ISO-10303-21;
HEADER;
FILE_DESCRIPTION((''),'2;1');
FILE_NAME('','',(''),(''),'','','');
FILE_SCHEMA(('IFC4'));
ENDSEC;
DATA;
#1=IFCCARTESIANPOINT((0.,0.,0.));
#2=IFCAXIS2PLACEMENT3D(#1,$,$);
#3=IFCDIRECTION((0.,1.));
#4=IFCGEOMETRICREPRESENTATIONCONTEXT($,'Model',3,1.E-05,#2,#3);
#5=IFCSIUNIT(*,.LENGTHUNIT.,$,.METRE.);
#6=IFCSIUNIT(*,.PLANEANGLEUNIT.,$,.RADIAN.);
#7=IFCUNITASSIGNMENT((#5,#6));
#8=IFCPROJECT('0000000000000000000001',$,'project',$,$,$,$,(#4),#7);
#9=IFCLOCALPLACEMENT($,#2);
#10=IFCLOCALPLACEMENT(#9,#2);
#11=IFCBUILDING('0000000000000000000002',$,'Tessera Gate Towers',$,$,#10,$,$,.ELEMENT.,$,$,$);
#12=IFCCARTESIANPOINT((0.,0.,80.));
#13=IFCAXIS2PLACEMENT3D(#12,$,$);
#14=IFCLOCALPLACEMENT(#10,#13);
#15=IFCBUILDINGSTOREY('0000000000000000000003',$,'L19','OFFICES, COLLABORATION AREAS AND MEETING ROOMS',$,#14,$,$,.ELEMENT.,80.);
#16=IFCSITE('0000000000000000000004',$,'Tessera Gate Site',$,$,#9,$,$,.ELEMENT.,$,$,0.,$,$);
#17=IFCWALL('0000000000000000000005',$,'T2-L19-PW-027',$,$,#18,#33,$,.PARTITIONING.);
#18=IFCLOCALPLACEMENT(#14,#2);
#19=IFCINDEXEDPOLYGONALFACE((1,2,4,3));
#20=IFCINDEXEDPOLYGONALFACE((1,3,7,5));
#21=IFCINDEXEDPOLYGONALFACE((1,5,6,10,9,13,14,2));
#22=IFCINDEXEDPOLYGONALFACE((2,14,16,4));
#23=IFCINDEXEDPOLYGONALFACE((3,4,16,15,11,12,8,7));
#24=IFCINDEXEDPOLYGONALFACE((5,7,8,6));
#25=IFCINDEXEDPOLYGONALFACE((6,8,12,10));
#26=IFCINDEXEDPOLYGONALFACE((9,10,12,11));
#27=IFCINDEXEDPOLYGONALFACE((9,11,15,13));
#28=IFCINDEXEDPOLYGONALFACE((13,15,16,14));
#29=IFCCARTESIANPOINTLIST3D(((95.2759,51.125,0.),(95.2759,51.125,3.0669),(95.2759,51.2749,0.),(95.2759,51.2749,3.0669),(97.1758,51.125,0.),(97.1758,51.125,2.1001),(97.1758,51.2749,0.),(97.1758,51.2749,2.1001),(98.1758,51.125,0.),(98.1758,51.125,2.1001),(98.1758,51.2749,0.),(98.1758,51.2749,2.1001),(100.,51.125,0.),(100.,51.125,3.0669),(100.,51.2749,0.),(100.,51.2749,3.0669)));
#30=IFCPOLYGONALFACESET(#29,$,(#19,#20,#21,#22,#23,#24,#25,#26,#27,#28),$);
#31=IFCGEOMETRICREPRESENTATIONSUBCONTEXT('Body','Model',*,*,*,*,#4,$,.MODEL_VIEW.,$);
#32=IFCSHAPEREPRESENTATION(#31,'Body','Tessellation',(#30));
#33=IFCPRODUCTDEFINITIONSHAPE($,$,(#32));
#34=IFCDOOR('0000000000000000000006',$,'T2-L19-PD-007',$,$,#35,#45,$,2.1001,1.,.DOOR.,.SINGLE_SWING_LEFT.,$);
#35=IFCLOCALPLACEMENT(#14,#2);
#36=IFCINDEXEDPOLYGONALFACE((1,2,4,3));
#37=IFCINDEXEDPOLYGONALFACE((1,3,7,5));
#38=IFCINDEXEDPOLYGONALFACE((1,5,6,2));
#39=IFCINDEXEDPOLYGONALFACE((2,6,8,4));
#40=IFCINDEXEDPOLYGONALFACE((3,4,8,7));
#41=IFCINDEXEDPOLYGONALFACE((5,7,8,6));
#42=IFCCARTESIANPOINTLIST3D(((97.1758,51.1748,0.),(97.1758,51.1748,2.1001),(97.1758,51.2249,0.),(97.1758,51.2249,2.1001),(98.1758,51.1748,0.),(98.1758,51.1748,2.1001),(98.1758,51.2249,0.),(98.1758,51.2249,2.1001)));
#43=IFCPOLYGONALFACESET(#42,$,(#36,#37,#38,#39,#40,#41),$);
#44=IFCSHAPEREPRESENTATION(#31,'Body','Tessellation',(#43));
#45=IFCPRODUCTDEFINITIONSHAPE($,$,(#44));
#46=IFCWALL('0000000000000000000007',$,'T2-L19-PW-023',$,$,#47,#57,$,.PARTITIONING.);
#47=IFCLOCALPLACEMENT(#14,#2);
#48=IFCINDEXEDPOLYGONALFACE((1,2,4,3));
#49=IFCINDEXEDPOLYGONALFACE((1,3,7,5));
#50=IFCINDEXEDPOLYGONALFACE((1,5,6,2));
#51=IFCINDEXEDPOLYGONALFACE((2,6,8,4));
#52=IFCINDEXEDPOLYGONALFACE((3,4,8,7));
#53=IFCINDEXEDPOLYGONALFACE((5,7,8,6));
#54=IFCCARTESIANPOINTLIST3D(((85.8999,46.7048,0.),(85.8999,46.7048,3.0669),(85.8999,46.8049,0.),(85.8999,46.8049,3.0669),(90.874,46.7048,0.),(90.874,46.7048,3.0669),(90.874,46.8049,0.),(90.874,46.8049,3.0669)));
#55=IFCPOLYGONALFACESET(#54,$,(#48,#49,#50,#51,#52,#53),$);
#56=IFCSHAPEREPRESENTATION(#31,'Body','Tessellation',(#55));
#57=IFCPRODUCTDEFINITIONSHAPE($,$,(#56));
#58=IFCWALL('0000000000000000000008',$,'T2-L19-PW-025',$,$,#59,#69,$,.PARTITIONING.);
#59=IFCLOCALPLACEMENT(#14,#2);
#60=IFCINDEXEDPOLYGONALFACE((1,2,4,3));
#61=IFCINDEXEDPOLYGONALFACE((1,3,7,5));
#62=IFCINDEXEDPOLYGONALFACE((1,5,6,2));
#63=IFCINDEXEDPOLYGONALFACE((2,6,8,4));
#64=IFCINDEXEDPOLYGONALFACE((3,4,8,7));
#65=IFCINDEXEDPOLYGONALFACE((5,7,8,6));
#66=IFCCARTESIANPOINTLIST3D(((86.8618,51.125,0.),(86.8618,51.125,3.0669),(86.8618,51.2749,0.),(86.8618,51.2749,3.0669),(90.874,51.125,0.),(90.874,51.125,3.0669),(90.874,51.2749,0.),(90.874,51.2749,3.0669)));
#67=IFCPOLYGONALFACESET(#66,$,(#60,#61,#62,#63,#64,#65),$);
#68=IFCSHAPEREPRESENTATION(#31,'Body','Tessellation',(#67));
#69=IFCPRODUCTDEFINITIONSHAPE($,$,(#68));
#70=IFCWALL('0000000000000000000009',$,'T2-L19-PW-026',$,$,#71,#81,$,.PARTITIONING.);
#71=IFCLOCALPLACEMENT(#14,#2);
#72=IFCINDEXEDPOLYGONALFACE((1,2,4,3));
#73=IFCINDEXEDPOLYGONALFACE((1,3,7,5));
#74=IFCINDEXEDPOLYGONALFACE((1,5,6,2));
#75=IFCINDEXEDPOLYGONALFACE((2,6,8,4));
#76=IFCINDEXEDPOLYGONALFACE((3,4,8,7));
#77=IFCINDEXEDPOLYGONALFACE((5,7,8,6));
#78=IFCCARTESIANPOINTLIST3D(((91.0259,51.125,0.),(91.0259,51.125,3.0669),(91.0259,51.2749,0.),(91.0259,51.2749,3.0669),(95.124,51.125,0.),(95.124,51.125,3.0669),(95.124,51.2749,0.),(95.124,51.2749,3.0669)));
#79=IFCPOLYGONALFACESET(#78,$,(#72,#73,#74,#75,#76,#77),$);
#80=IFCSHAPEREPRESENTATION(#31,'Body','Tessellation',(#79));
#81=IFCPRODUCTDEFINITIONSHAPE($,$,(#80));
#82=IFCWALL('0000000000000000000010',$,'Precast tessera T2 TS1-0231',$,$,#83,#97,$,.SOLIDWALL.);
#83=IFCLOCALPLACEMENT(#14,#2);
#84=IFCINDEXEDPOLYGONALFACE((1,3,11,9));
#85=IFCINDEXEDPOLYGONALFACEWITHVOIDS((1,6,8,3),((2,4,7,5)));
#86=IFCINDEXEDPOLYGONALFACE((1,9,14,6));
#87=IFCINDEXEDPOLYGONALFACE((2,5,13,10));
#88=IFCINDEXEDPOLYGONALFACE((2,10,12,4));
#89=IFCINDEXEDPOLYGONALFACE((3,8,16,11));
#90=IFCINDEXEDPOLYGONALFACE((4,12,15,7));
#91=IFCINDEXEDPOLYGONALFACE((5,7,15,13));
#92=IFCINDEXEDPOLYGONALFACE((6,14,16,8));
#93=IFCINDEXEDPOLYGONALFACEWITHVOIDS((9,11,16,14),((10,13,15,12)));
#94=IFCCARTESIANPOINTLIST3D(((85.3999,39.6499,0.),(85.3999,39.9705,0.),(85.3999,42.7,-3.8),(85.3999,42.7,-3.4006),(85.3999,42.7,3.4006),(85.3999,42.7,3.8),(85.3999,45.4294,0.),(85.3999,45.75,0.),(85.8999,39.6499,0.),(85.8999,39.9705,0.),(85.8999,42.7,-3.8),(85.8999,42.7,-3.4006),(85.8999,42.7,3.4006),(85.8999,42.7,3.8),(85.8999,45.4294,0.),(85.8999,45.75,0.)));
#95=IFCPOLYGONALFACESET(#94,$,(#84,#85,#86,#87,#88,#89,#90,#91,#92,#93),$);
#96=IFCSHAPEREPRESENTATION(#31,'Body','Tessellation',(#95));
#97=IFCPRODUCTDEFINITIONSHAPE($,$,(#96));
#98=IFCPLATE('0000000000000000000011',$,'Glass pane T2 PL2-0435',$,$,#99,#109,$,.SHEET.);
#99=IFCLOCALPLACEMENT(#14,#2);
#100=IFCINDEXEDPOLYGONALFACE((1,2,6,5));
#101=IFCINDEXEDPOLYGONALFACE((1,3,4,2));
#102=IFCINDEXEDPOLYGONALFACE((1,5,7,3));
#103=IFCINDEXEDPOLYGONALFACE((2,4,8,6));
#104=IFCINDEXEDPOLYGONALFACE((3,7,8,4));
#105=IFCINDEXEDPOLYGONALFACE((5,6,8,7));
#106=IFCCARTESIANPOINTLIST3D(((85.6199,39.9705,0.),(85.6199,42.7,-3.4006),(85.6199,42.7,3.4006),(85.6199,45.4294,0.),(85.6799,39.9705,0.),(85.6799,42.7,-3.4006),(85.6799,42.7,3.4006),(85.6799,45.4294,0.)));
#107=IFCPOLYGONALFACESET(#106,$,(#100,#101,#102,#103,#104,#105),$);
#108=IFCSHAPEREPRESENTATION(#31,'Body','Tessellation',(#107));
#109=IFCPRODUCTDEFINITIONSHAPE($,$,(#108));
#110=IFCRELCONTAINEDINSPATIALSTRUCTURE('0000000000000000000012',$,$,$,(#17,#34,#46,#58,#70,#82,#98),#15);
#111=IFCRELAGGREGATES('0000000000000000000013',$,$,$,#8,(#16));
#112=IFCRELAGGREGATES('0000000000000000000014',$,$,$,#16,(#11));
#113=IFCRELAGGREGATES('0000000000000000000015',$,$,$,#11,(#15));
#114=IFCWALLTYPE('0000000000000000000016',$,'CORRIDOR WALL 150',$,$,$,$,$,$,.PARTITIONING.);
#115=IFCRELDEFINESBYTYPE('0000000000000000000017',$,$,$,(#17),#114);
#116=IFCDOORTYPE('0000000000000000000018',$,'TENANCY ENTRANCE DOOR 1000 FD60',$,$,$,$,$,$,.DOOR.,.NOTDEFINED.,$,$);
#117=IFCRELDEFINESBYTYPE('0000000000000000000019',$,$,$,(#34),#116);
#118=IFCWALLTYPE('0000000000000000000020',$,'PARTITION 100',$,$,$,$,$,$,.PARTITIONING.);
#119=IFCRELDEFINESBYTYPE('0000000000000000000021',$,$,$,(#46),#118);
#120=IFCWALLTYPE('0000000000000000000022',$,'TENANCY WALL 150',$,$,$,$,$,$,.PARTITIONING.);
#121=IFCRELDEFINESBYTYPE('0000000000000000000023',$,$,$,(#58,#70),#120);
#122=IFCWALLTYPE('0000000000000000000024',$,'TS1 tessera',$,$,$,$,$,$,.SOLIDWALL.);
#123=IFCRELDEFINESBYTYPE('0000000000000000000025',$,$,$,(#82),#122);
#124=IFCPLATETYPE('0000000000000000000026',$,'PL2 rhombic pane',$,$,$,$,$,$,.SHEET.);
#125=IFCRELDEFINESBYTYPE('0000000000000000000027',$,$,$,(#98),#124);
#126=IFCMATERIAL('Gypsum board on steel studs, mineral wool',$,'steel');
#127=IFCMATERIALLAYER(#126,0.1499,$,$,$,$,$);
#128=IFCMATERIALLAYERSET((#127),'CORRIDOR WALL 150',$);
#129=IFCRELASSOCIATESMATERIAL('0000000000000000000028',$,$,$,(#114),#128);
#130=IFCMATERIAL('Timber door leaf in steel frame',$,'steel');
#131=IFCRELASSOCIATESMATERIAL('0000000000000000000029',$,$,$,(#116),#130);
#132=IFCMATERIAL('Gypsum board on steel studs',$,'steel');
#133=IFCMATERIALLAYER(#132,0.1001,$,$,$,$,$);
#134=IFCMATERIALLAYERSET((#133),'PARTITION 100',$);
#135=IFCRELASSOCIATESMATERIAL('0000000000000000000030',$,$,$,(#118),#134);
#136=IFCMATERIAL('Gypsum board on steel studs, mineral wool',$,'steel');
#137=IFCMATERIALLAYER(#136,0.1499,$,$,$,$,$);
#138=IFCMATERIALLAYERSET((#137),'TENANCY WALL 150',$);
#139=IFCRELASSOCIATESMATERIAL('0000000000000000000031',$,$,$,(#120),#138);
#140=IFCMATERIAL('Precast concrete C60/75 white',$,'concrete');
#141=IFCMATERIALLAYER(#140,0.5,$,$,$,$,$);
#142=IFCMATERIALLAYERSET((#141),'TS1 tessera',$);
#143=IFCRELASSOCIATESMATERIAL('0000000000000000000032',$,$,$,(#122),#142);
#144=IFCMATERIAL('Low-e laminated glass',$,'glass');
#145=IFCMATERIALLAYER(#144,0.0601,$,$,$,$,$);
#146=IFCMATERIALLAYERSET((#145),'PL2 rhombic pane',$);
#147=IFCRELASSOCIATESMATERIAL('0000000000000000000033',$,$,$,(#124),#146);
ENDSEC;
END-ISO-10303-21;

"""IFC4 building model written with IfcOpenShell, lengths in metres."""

from ifc_helpers import new_model, si_unit, direction, frame, frame_2d, origin, place, context, subcontext, project, spatial, polyline, rectangle, outline, extrude, source, transform, mapped, material, layer, layer_set, type_object, element, fill, save


model = new_model("IFC4")

# Units and contexts
model_context = context("Model", 3, precision=1e-05, world=origin(), true_north=direction((0.0, 1.0)))
body_context = subcontext(model_context, "Body", "Model", "MODEL_VIEW")
ifc_project = project(units=[si_unit("LENGTHUNIT", "METRE"), si_unit("PLANEANGLEUNIT", "RADIAN")], contexts=[model_context])

# Site, building, storey
site_placement = place(None, origin())
site = spatial("IfcSite", under=ifc_project, at=site_placement, Name="Tessera Gate Site", CompositionType="ELEMENT", RefElevation=0.0)
building_placement = place(site_placement, origin())
building = spatial("IfcBuilding", under=site, at=building_placement, Name="Tessera Gate Towers", CompositionType="ELEMENT")
storey_placement = place(building_placement, frame((0.0, 0.0, 80.0)))
storey = spatial("IfcBuildingStorey", under=building, at=storey_placement, Name="L19", Description="OFFICES, COLLABORATION AREAS AND MEETING ROOMS", CompositionType="ELEMENT", Elevation=80.0)

# Wall, opening, door
ifc_material_1 = material(Name="Gypsum board on steel studs, mineral wool", Category="steel")
ifc_layer_1 = layer(ifc_material_1, 0.1499)
ifc_layer_set_1 = layer_set([ifc_layer_1], Name="CORRIDOR WALL 150")
wall_type_1 = type_object("IfcWallType", Name="CORRIDOR WALL 150", PredefinedType="PARTITIONING", material=ifc_layer_set_1)
wall_1_placement = place(storey_placement, frame((95.2759, 51.2, 0.0), z_axis=(0.0, 0.0, 1.0), x_axis=(1.0, 0.0, 0.0)))
wall_1 = element("IfcWall", 1, at=wall_1_placement, inside=storey, type_object=wall_type_1, Name="T2-L19-PW-027", PredefinedType="PARTITIONING", context=body_context, shape_type="SweptSolid", body=[
    extrude(rectangle(XDim=4.7241, YDim=0.1499, at=frame_2d((2.3621, 0.0))), origin(), (0.0, 0.0, 1.0), 3.0669),
])
shared_shape_1 = source(origin(), body_context, "Body", "SweptSolid", [
    extrude(rectangle(XDim=1.0, YDim=2.1001, at=frame_2d((0.5, 1.05))), frame((0.0, 0.085, 0.0), z_axis=(0.0, -1.0, 0.0), x_axis=(1.0, 0.0, 0.0)), (0.0, 0.0, 1.0), 0.1699),
])
opening_1_placement = place(wall_1_placement, frame((1.8999, 0.0, 0.0)))
opening_1 = element("IfcOpeningElement", 2, at=opening_1_placement, cuts=wall_1, PredefinedType="OPENING", context=body_context, shape_type="MappedRepresentation", body=[
    mapped(shared_shape_1, transform((0.0, 0.0, 0.0), scale=1.0)),
])
ifc_material_2 = material(Name="Timber door leaf in steel frame", Category="steel")
door_type = type_object("IfcDoorType", Name="TENANCY ENTRANCE DOOR 1000 FD60", OperationType="NOTDEFINED", PredefinedType="DOOR", material=ifc_material_2)
shared_shape_2 = source(origin(), body_context, "Body", "SweptSolid", [
    extrude(rectangle(XDim=1.0, YDim=2.1001, at=frame_2d((0.5, 1.05))), frame((0.0, 0.0249, 0.0), z_axis=(0.0, -1.0, 0.0), x_axis=(1.0, 0.0, 0.0)), (0.0, 0.0, 1.0), 0.05),
])
door_placement = place(opening_1_placement, origin())
door = element("IfcDoor", 3, at=door_placement, inside=storey, type_object=door_type, Name="T2-L19-PD-007", OperationType="SINGLE_SWING_LEFT", OverallHeight=2.1001, OverallWidth=1.0, PredefinedType="DOOR", context=body_context, shape_type="MappedRepresentation", body=[
    mapped(shared_shape_2, transform((0.0, 0.0, 0.0), scale=1.0)),
])
fill(opening_1, door)

# Walls
ifc_material_3 = material(Name="Gypsum board on steel studs", Category="steel")
ifc_layer_2 = layer(ifc_material_3, 0.1001)
ifc_layer_set_2 = layer_set([ifc_layer_2], Name="PARTITION 100")
wall_type_2 = type_object("IfcWallType", Name="PARTITION 100", PredefinedType="PARTITIONING", material=ifc_layer_set_2)
wall_2_placement = place(storey_placement, frame((85.8999, 46.7549, 0.0), z_axis=(0.0, 0.0, 1.0), x_axis=(1.0, 0.0, 0.0)))
element("IfcWall", 4, at=wall_2_placement, inside=storey, type_object=wall_type_2, Name="T2-L19-PW-023", PredefinedType="PARTITIONING", context=body_context, shape_type="SweptSolid", body=[
    extrude(rectangle(XDim=4.9741, YDim=0.1001, at=frame_2d((2.4871, 0.0))), origin(), (0.0, 0.0, 1.0), 3.0669),
])
ifc_material_4 = material(Name="Gypsum board on steel studs, mineral wool", Category="steel")
ifc_layer_3 = layer(ifc_material_4, 0.1499)
ifc_layer_set_3 = layer_set([ifc_layer_3], Name="TENANCY WALL 150")
wall_type_3 = type_object("IfcWallType", Name="TENANCY WALL 150", PredefinedType="PARTITIONING", material=ifc_layer_set_3)
wall_3_placement = place(storey_placement, frame((86.8618, 51.2, 0.0), z_axis=(0.0, 0.0, 1.0), x_axis=(1.0, 0.0, 0.0)))
element("IfcWall", 5, at=wall_3_placement, inside=storey, type_object=wall_type_3, Name="T2-L19-PW-025", PredefinedType="PARTITIONING", context=body_context, shape_type="SweptSolid", body=[
    extrude(rectangle(XDim=4.0122, YDim=0.1499, at=frame_2d((2.0061, 0.0))), origin(), (0.0, 0.0, 1.0), 3.0669),
])
wall_4_placement = place(storey_placement, frame((91.0259, 51.2, 0.0), z_axis=(0.0, 0.0, 1.0), x_axis=(1.0, 0.0, 0.0)))
element("IfcWall", 6, at=wall_4_placement, inside=storey, type_object=wall_type_3, Name="T2-L19-PW-026", PredefinedType="PARTITIONING", context=body_context, shape_type="SweptSolid", body=[
    extrude(rectangle(XDim=4.0981, YDim=0.1499, at=frame_2d((2.0491, 0.0))), origin(), (0.0, 0.0, 1.0), 3.0669),
])

# Wall, opening, plate
ifc_material_5 = material(Name="Precast concrete C60/75 white", Category="concrete")
ifc_layer_4 = layer(ifc_material_5, 0.5)
ifc_layer_set_4 = layer_set([ifc_layer_4], Name="TS1 tessera")
wall_type_4 = type_object("IfcWallType", Name="TS1 tessera", PredefinedType="SOLIDWALL", material=ifc_layer_set_4)
shared_shape_3 = source(origin(), body_context, "Body", "SweptSolid", [
    extrude(outline(polyline([(3.05, 0.0), (6.1001, 3.8), (3.05, 7.6001), (0.0, 3.8), (3.05, 0.0)])), frame((0.0, 0.25, 0.0), z_axis=(0.0, -1.0, 0.0), x_axis=(1.0, 0.0, 0.0)), (0.0, 0.0, 1.0), 0.5),
])
wall_5_placement = place(storey_placement, frame((85.6499, 45.75, -3.8), z_axis=(0.0, 0.0, 1.0), x_axis=(0.0, -1.0, 0.0)))
wall_5 = element("IfcWall", 7, at=wall_5_placement, inside=storey, type_object=wall_type_4, Name="Precast tessera T2 TS1-0231", PredefinedType="SOLIDWALL", context=body_context, shape_type="MappedRepresentation", body=[
    mapped(shared_shape_3, transform((0.0, 0.0, 0.0), scale=1.0)),
])
shared_shape_4 = source(origin(), body_context, "Body", "SweptSolid", [
    extrude(outline(polyline([(3.05, 0.3994), (5.7795, 3.8), (3.05, 7.2007), (0.3206, 3.8), (3.05, 0.3994)])), frame((0.0, 0.26, 0.0), z_axis=(0.0, -1.0, 0.0), x_axis=(1.0, 0.0, 0.0)), (0.0, 0.0, 1.0), 0.52),
])
opening_2_placement = place(wall_5_placement, origin())
opening_2 = element("IfcOpeningElement", 8, at=opening_2_placement, cuts=wall_5, PredefinedType="OPENING", context=body_context, shape_type="MappedRepresentation", body=[
    mapped(shared_shape_4, transform((0.0, 0.0, 0.0), scale=1.0)),
])
ifc_material_6 = material(Name="Low-e laminated glass", Category="glass")
ifc_layer_5 = layer(ifc_material_6, 0.0601)
ifc_layer_set_5 = layer_set([ifc_layer_5], Name="PL2 rhombic pane")
plate_type = type_object("IfcPlateType", Name="PL2 rhombic pane", PredefinedType="SHEET", material=ifc_layer_set_5)
shared_shape_5 = source(origin(), body_context, "Body", "SweptSolid", [
    extrude(outline(polyline([(3.05, 0.3994), (5.7795, 3.8), (3.05, 7.2007), (0.3206, 3.8), (3.05, 0.3994)])), frame((0.0, 0.03, 0.0), z_axis=(0.0, -1.0, 0.0), x_axis=(1.0, 0.0, 0.0)), (0.0, 0.0, 1.0), 0.0601),
])
plate_placement = place(opening_2_placement, origin())
plate = element("IfcPlate", 9, at=plate_placement, inside=storey, type_object=plate_type, Name="Glass pane T2 PL2-0435", PredefinedType="SHEET", context=body_context, shape_type="MappedRepresentation", body=[
    mapped(shared_shape_5, transform((0.0, 0.0, 0.0), scale=1.0)),
])
fill(opening_2, plate)

save(model, "model.ifc")
